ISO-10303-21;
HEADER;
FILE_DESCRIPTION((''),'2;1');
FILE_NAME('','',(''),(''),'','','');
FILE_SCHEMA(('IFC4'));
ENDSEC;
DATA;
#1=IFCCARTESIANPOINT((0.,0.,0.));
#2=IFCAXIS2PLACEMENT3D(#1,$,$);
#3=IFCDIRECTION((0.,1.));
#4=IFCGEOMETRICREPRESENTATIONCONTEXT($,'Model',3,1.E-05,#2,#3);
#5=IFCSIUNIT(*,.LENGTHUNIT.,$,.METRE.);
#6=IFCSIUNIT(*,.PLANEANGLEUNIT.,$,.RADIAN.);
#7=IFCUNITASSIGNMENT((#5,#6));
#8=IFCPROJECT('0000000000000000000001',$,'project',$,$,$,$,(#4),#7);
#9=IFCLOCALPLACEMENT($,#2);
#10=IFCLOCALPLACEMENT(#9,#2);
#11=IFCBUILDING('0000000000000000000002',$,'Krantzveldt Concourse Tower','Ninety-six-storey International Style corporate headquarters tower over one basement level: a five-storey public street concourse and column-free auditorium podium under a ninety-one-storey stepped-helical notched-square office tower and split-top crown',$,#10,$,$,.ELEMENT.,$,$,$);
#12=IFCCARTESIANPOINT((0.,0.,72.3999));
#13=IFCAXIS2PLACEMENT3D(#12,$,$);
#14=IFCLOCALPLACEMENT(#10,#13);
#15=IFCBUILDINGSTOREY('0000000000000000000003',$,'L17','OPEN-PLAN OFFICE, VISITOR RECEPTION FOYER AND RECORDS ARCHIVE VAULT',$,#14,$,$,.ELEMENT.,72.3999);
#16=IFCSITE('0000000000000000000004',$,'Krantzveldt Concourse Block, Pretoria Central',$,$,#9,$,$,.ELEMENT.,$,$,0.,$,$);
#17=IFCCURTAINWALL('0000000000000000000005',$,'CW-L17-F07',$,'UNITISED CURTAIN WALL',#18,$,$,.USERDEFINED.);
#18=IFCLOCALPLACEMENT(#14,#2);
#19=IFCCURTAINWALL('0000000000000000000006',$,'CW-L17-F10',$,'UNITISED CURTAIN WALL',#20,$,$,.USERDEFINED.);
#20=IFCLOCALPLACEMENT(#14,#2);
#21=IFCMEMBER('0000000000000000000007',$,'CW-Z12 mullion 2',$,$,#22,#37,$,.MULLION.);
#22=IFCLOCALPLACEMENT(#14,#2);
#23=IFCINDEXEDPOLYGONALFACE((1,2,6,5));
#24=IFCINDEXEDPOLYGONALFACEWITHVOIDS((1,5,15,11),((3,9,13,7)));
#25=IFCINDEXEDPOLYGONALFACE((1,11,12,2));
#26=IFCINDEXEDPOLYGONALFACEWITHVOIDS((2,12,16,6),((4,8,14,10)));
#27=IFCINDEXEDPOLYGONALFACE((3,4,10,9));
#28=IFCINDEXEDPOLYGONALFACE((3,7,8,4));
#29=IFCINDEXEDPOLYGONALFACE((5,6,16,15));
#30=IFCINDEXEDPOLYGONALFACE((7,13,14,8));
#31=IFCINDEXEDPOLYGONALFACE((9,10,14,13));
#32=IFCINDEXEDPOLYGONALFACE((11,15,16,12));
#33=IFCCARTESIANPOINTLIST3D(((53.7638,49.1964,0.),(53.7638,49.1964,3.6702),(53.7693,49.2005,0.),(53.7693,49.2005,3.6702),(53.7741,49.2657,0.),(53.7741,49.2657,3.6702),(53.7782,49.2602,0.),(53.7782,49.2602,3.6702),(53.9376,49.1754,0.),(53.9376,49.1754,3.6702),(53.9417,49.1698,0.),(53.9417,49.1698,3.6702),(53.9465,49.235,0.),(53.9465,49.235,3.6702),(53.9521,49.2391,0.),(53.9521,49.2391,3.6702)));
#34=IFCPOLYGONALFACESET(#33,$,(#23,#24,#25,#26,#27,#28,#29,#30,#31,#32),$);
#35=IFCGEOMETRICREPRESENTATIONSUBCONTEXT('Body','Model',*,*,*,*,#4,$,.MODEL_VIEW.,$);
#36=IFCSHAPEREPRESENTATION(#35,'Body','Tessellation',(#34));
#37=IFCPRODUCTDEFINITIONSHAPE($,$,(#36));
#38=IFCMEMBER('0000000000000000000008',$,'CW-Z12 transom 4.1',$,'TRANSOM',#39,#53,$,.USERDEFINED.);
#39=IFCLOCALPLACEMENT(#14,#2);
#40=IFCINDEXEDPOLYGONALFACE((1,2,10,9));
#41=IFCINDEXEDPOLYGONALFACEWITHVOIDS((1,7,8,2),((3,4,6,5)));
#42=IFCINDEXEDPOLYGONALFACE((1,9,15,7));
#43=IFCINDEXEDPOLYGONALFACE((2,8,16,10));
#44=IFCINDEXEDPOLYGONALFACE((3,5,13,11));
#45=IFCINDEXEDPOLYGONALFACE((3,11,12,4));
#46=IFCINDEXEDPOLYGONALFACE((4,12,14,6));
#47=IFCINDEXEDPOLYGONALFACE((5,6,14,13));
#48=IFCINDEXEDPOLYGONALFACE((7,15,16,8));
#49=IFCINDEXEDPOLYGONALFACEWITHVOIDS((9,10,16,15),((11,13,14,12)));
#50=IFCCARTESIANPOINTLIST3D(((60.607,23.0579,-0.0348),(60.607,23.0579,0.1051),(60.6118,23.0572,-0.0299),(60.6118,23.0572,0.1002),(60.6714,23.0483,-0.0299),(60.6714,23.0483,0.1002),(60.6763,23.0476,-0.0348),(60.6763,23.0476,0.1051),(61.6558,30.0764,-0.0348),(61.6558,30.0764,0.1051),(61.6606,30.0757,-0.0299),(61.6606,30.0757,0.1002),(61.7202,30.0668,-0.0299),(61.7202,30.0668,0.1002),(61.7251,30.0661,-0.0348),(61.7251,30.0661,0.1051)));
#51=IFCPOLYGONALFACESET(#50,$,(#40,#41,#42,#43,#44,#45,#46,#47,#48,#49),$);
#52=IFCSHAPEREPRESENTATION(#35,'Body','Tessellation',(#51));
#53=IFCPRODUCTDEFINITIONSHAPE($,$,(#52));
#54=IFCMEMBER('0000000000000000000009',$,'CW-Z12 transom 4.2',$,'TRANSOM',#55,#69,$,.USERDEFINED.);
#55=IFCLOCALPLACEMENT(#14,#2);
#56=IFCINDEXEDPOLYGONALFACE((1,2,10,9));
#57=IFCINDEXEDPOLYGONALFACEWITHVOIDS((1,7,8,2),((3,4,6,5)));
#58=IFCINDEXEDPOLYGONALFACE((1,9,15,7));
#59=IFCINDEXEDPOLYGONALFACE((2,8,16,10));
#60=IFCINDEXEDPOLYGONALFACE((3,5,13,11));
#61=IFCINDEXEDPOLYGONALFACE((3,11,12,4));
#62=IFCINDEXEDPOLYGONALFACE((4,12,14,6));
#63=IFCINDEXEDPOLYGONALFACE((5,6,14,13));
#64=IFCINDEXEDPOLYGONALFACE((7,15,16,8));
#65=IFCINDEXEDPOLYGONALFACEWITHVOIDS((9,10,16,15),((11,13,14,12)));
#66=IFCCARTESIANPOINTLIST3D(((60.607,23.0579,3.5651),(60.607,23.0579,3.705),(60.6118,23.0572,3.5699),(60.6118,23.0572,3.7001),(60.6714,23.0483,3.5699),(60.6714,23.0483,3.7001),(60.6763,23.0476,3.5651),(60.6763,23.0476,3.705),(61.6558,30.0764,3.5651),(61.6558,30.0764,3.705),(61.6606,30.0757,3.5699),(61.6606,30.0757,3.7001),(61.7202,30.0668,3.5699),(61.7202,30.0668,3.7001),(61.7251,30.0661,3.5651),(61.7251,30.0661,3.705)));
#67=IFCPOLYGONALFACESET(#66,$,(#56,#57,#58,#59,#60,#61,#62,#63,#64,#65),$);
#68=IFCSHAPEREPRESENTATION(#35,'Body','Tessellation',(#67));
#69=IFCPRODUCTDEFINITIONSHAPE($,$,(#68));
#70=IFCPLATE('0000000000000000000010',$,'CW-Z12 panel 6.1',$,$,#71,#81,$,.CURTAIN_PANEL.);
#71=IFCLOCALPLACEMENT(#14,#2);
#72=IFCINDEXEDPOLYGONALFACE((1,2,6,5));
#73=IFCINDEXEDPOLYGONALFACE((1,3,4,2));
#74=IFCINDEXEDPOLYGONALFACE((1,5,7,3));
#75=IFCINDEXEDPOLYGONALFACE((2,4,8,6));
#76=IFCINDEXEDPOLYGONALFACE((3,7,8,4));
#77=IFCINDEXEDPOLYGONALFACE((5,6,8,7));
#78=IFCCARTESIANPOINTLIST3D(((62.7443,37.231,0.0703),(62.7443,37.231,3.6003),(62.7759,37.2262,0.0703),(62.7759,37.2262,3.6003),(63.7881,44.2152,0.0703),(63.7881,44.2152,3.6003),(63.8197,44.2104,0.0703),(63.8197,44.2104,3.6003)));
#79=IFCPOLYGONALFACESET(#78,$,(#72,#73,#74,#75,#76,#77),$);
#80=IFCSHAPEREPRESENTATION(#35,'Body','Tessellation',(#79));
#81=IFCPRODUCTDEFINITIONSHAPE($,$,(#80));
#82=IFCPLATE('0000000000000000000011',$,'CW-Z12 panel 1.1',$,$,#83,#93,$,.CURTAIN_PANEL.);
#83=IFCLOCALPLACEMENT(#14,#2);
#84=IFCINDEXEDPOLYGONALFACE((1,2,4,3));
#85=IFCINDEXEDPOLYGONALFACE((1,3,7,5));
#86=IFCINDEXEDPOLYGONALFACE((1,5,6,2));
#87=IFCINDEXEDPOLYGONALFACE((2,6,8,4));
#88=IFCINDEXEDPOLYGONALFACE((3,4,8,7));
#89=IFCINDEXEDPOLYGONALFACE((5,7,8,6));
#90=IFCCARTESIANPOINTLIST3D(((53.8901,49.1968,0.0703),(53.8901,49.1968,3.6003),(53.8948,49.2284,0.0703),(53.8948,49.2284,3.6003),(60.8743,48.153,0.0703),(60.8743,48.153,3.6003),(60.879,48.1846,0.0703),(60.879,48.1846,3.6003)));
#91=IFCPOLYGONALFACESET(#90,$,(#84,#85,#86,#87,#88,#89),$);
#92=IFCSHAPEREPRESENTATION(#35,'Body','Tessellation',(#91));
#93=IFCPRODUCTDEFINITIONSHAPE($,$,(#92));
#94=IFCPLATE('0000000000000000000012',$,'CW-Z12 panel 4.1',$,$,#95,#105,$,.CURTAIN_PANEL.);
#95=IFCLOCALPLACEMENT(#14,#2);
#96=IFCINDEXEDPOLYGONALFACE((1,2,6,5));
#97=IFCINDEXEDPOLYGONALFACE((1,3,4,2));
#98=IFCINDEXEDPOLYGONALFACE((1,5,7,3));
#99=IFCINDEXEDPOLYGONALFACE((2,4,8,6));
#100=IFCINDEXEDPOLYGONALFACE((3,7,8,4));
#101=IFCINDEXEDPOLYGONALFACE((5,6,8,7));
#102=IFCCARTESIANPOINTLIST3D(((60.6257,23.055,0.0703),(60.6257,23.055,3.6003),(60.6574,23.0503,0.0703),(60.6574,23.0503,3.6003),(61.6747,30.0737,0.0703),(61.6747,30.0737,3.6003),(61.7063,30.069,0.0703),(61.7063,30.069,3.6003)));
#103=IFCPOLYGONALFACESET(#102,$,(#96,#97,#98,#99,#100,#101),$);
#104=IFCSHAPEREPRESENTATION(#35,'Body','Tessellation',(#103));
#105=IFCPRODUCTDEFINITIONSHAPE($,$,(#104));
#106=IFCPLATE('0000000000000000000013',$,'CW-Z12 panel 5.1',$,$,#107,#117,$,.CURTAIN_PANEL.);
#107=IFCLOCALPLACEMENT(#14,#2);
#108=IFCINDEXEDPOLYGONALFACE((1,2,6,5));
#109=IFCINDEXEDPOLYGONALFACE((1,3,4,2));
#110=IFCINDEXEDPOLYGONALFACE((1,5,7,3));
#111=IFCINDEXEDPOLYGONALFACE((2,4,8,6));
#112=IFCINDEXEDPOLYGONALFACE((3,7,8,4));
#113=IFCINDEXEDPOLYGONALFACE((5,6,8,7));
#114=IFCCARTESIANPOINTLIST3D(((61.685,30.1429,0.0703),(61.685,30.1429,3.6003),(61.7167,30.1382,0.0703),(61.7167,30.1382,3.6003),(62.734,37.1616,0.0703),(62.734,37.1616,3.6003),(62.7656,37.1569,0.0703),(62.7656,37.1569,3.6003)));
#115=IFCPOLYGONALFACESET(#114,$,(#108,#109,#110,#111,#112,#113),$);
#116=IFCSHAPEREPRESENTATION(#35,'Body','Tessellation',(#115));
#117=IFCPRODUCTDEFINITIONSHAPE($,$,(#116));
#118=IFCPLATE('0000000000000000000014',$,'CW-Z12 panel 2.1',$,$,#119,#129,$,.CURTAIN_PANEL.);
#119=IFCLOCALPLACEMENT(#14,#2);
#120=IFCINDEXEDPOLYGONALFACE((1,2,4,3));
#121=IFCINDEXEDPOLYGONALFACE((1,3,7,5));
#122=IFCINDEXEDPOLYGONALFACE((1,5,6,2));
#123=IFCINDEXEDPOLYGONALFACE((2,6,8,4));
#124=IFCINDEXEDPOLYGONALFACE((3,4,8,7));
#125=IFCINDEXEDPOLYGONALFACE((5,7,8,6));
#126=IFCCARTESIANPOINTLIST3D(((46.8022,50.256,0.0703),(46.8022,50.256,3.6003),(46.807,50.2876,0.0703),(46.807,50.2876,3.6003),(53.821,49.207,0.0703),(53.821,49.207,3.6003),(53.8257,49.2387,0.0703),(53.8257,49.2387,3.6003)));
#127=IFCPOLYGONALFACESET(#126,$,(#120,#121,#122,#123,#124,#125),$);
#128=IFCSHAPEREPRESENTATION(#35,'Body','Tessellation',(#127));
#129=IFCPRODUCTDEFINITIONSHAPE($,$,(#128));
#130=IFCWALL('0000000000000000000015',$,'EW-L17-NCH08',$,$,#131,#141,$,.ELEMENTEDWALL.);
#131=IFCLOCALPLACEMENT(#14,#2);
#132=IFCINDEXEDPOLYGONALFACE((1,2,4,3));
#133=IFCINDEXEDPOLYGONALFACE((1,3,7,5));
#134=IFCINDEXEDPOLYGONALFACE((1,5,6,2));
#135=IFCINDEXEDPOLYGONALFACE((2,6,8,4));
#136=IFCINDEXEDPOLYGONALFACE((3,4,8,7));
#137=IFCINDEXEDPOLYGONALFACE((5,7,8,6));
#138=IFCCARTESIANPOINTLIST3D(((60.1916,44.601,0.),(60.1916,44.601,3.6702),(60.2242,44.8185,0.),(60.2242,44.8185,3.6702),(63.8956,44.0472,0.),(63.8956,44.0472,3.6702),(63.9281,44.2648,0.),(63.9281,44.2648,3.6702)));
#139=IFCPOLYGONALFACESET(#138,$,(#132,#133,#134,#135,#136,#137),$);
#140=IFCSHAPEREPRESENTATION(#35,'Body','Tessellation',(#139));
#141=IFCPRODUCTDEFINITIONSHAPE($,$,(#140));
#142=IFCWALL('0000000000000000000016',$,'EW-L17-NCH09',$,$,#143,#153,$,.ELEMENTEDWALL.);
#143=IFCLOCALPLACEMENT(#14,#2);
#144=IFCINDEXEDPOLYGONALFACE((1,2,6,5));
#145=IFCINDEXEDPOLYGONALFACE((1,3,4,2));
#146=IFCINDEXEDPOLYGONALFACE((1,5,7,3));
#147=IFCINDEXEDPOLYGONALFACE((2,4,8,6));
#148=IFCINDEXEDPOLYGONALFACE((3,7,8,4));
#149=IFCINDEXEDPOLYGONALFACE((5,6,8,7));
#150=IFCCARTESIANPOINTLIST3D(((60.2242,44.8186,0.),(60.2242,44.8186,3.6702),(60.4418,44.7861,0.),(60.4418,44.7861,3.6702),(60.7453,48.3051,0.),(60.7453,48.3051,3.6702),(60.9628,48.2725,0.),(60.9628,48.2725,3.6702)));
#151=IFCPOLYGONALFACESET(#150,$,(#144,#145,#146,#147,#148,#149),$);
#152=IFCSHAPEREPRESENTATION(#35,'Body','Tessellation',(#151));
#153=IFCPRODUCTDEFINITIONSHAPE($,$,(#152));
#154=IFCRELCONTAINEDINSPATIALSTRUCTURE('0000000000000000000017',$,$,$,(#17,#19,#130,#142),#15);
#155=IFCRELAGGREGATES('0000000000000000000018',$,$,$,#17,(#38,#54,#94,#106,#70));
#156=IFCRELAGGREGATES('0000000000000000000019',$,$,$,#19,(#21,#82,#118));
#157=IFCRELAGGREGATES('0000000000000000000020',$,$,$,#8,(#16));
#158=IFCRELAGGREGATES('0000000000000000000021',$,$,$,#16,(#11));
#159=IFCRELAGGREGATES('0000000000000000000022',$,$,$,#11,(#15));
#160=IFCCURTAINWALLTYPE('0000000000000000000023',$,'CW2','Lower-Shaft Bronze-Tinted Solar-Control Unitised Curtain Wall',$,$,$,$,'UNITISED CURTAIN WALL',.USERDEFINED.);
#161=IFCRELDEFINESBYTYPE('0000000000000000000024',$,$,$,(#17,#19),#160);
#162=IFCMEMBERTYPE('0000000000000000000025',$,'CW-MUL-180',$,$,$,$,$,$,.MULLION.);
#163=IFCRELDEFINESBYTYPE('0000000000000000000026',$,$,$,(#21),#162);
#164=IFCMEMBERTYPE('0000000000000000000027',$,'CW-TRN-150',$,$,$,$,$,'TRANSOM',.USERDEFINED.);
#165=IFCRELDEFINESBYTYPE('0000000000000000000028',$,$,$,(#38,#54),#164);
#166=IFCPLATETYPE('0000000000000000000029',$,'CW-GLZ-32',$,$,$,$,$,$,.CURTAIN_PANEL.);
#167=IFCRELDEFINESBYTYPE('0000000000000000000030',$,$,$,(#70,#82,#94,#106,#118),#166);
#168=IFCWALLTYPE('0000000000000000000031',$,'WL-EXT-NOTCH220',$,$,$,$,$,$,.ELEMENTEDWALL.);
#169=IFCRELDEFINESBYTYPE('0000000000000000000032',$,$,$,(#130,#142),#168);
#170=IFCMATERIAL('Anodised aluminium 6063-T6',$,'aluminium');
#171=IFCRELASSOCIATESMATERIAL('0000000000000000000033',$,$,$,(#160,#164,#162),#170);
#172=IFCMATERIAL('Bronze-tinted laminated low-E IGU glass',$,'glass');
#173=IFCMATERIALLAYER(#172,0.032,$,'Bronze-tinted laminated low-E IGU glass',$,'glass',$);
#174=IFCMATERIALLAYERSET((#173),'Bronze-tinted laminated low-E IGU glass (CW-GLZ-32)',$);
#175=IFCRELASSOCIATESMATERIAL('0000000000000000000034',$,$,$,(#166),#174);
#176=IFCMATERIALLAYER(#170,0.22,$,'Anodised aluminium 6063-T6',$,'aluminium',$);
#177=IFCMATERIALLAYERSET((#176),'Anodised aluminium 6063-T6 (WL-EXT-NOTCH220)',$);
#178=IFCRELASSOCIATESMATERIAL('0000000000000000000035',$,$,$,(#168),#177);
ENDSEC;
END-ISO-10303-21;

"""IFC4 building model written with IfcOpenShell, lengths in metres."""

from ifc_helpers import new_model, si_unit, direction, frame, frame_2d, origin, origin_2d, place, context, subcontext, project, spatial, rectangle, hollow_rectangle, extrude, source, transform, mapped, material, layer, layer_set, material_profile, profile_set, type_object, type_shapes, element, aggregate, save


model = new_model("IFC4")

# Units and contexts
model_context = context("Model", 3, precision=1e-05, world=origin(), true_north=direction((0.0, 1.0)))
body_context = subcontext(model_context, "Body", "Model", "MODEL_VIEW")
ifc_project = project(units=[si_unit("LENGTHUNIT", "METRE"), si_unit("PLANEANGLEUNIT", "RADIAN")], contexts=[model_context])

# Site, building, storey
site_placement = place(None, origin())
site = spatial("IfcSite", under=ifc_project, at=site_placement, Name="Krantzveldt Concourse Block, Pretoria Central", CompositionType="ELEMENT", RefElevation=0.0)
building_placement = place(site_placement, origin())
building = spatial("IfcBuilding", under=site, at=building_placement, Name="Krantzveldt Concourse Tower", Description="Ninety-six-storey International Style corporate headquarters tower over one basement level: a five-storey public street concourse and column-free auditorium podium under a ninety-one-storey stepped-helical notched-square office tower and split-top crown", CompositionType="ELEMENT")
storey_placement = place(building_placement, frame((0.0, 0.0, 72.3999)))
storey = spatial("IfcBuildingStorey", under=building, at=storey_placement, Name="L17", Description="OPEN-PLAN OFFICE, VISITOR RECEPTION FOYER AND RECORDS ARCHIVE VAULT", CompositionType="ELEMENT", Elevation=72.3999)

# Curtain walls
ifc_material_1 = material(Name="Anodised aluminium 6063-T6", Category="aluminium")
curtain_wall_type = type_object("IfcCurtainWallType", Name="CW2", Description="Lower-Shaft Bronze-Tinted Solar-Control Unitised Curtain Wall", ElementType="UNITISED CURTAIN WALL", PredefinedType="USERDEFINED", material=ifc_material_1)
curtain_wall_1_placement = place(storey_placement, origin())
curtain_wall_1 = element("IfcCurtainWall", 1, at=curtain_wall_1_placement, inside=storey, type_object=curtain_wall_type, Name="CW-L17-F07", ObjectType="UNITISED CURTAIN WALL", PredefinedType="USERDEFINED")
ifc_material_profile_1 = material_profile(ifc_material_1, hollow_rectangle(XDim=0.0701, YDim=0.1399, WallThickness=0.0049, at=origin_2d()), Name="Anodised aluminium 6063-T6", Category="aluminium")
ifc_profile_set_1 = profile_set([ifc_material_profile_1], Name="Anodised aluminium 6063-T6 - ALU-TRAN 140x70x5")
member_type_1 = type_object("IfcMemberType", Name="CW-TRN-150", ElementType="TRANSOM", PredefinedType="USERDEFINED", material=ifc_profile_set_1)
curtain_wall_2_placement = place(storey_placement, origin())
curtain_wall_2 = element("IfcCurtainWall", 2, at=curtain_wall_2_placement, inside=storey, type_object=curtain_wall_type, Name="CW-L17-F10", ObjectType="UNITISED CURTAIN WALL", PredefinedType="USERDEFINED")

# Members
ifc_material_profile_2 = material_profile(ifc_material_1, hollow_rectangle(XDim=0.0701, YDim=0.1799, WallThickness=0.0049, at=origin_2d()), Name="Anodised aluminium 6063-T6", Category="aluminium")
ifc_profile_set_2 = profile_set([ifc_material_profile_2], Name="Anodised aluminium 6063-T6 - ALU-MULL 180x70x5")
member_type_2 = type_object("IfcMemberType", Name="CW-MUL-180", PredefinedType="MULLION", material=ifc_profile_set_2)
shared_shape_1 = source(origin(), body_context, "Body", "SweptSolid", [
    extrude(hollow_rectangle(XDim=0.0701, YDim=0.1799, WallThickness=0.0049, at=origin_2d()), origin(), (0.0, 0.0, 1.0), 3.6702),
])
type_shapes(member_type_2, [shared_shape_1])
member_1_placement = place(storey_placement, frame((53.8579, 49.2178, 0.0), z_axis=(0.0, 0.0, 1.0), x_axis=(-0.14781, -0.989016, 0.0)))
member_1 = element("IfcMember", 3, at=member_1_placement, type_object=member_type_2, Name="CW-Z12 mullion 2", PredefinedType="MULLION", context=body_context, shape_type="MappedRepresentation", body=[
    mapped(shared_shape_1, transform((0.0, 0.0, 0.0), x_axis=(1.0, 0.0, 0.0), y_axis=(0.0, 1.0, 0.0), z_axis=(0.0, 0.0, 1.0), scale=1.0)),
])
shared_shape_2 = source(origin(), body_context, "Body", "SweptSolid", [
    extrude(hollow_rectangle(XDim=0.0701, YDim=0.1399, WallThickness=0.0049, at=origin_2d()), origin(), (0.0, 0.0, 1.0), 7.0964),
])
member_2_placement = place(storey_placement, frame((60.6416, 23.0527, 0.0352), z_axis=(0.147795, 0.989018, 0.0), x_axis=(-0.989018, 0.147795, 0.0)))
member_2 = element("IfcMember", 4, at=member_2_placement, type_object=member_type_1, Name="CW-Z12 transom 4.1", ObjectType="TRANSOM", PredefinedType="USERDEFINED", context=body_context, shape_type="MappedRepresentation", body=[
    mapped(shared_shape_2, transform((0.0, 0.0, 0.0), x_axis=(1.0, 0.0, 0.0), y_axis=(0.0, 1.0, 0.0), z_axis=(0.0, 0.0, 1.0), scale=1.0)),
])
member_3_placement = place(storey_placement, frame((60.6416, 23.0527, 3.635), z_axis=(0.147795, 0.989018, 0.0), x_axis=(-0.989018, 0.147795, 0.0)))
member_3 = element("IfcMember", 5, at=member_3_placement, type_object=member_type_1, Name="CW-Z12 transom 4.2", ObjectType="TRANSOM", PredefinedType="USERDEFINED", context=body_context, shape_type="MappedRepresentation", body=[
    mapped(shared_shape_2, transform((0.0, 0.0, 0.0), x_axis=(1.0, 0.0, 0.0), y_axis=(0.0, 1.0, 0.0), z_axis=(0.0, 0.0, 1.0), scale=1.0)),
])

# Plates
ifc_material_2 = material(Name="Bronze-tinted laminated low-E IGU glass", Category="glass")
ifc_layer_1 = layer(ifc_material_2, 0.032, Name="Bronze-tinted laminated low-E IGU glass", Category="glass")
ifc_layer_set_1 = layer_set([ifc_layer_1], Name="Bronze-tinted laminated low-E IGU glass (CW-GLZ-32)")
plate_type = type_object("IfcPlateType", Name="CW-GLZ-32", PredefinedType="CURTAIN_PANEL", material=ifc_layer_set_1)
shared_shape_3 = source(origin(), body_context, "Body", "SweptSolid", [
    extrude(rectangle(XDim=7.0618, YDim=0.032, at=origin_2d()), origin(), (0.0, 0.0, 1.0), 3.53),
])
plate_1_placement = place(storey_placement, frame((63.282, 40.7207, 0.0703), z_axis=(0.0, 0.0, 1.0), x_axis=(0.14781, 0.989016, 0.0)))
plate_1 = element("IfcPlate", 6, at=plate_1_placement, type_object=plate_type, Name="CW-Z12 panel 6.1", PredefinedType="CURTAIN_PANEL", context=body_context, shape_type="MappedRepresentation", body=[
    mapped(shared_shape_3, transform((0.0, 0.0, 0.0), x_axis=(1.0, 0.0, 0.0), y_axis=(0.0, 1.0, 0.0), z_axis=(0.0, 0.0, 1.0), scale=1.0)),
])
plate_2_placement = place(storey_placement, frame((57.3845, 48.6907, 0.0703), z_axis=(0.0, 0.0, 1.0), x_axis=(-0.989016, 0.14781, 0.0)))
plate_2 = element("IfcPlate", 7, at=plate_2_placement, type_object=plate_type, Name="CW-Z12 panel 1.1", PredefinedType="CURTAIN_PANEL", context=body_context, shape_type="MappedRepresentation", body=[
    mapped(shared_shape_3, transform((0.0, 0.0, 0.0), x_axis=(1.0, 0.0, 0.0), y_axis=(0.0, 1.0, 0.0), z_axis=(0.0, 0.0, 1.0), scale=1.0)),
])
shared_shape_4 = source(origin(), body_context, "Body", "SweptSolid", [
    extrude(rectangle(XDim=7.0967, YDim=0.032, at=origin_2d()), origin(), (0.0, 0.0, 1.0), 3.53),
])
type_shapes(plate_type, [shared_shape_3, shared_shape_4])
plate_3_placement = place(storey_placement, frame((61.166, 26.562, 0.0703), z_axis=(0.0, 0.0, 1.0), x_axis=(0.14781, 0.989016, 0.0)))
plate_3 = element("IfcPlate", 8, at=plate_3_placement, type_object=plate_type, Name="CW-Z12 panel 4.1", PredefinedType="CURTAIN_PANEL", context=body_context, shape_type="MappedRepresentation", body=[
    mapped(shared_shape_4, transform((0.0, 0.0, 0.0), x_axis=(1.0, 0.0, 0.0), y_axis=(0.0, 1.0, 0.0), z_axis=(0.0, 0.0, 1.0), scale=1.0)),
])
plate_4_placement = place(storey_placement, frame((62.2253, 33.6499, 0.0703), z_axis=(0.0, 0.0, 1.0), x_axis=(0.14781, 0.989016, 0.0)))
plate_4 = element("IfcPlate", 9, at=plate_4_placement, type_object=plate_type, Name="CW-Z12 panel 5.1", PredefinedType="CURTAIN_PANEL", context=body_context, shape_type="MappedRepresentation", body=[
    mapped(shared_shape_4, transform((0.0, 0.0, 0.0), x_axis=(1.0, 0.0, 0.0), y_axis=(0.0, 1.0, 0.0), z_axis=(0.0, 0.0, 1.0), scale=1.0)),
])
aggregate(curtain_wall_1, [member_2, member_3, plate_3, plate_4, plate_1])
plate_5_placement = place(storey_placement, frame((50.314, 49.7473, 0.0703), z_axis=(0.0, 0.0, 1.0), x_axis=(-0.989016, 0.14781, 0.0)))
plate_5 = element("IfcPlate", 10, at=plate_5_placement, type_object=plate_type, Name="CW-Z12 panel 2.1", PredefinedType="CURTAIN_PANEL", context=body_context, shape_type="MappedRepresentation", body=[
    mapped(shared_shape_4, transform((0.0, 0.0, 0.0), x_axis=(1.0, 0.0, 0.0), y_axis=(0.0, 1.0, 0.0), z_axis=(0.0, 0.0, 1.0), scale=1.0)),
])
aggregate(curtain_wall_2, [member_1, plate_2, plate_5])

# Walls
ifc_layer_2 = layer(ifc_material_1, 0.22, Name="Anodised aluminium 6063-T6", Category="aluminium")
ifc_layer_set_2 = layer_set([ifc_layer_2], Name="Anodised aluminium 6063-T6 (WL-EXT-NOTCH220)")
wall_type = type_object("IfcWallType", Name="WL-EXT-NOTCH220", PredefinedType="ELEMENTEDWALL", material=ifc_layer_set_2)
wall_1_placement = place(storey_placement, frame((63.9119, 44.156, 0.0), z_axis=(0.0, 0.0, 1.0), x_axis=(-0.989009, 0.147853, 0.0)))
element("IfcWall", 11, at=wall_1_placement, inside=storey, type_object=wall_type, Name="EW-L17-NCH08", PredefinedType="ELEMENTEDWALL", context=body_context, shape_type="SweptSolid", body=[
    extrude(rectangle(XDim=3.7451, YDim=0.22, at=frame_2d((1.8726, 0.0))), origin(), (0.0, 0.0, 1.0), 3.6702),
])
wall_2_placement = place(storey_placement, frame((60.333, 44.8022, 0.0), z_axis=(0.0, 0.0, 1.0), x_axis=(0.147799, 0.989017, 0.0)))
element("IfcWall", 12, at=wall_2_placement, inside=storey, type_object=wall_type, Name="EW-L17-NCH09", PredefinedType="ELEMENTEDWALL", context=body_context, shape_type="SweptSolid", body=[
    extrude(rectangle(XDim=3.5251, YDim=0.22, at=frame_2d((1.7627, 0.0))), origin(), (0.0, 0.0, 1.0), 3.6702),
])

save(model, "model.ifc")
